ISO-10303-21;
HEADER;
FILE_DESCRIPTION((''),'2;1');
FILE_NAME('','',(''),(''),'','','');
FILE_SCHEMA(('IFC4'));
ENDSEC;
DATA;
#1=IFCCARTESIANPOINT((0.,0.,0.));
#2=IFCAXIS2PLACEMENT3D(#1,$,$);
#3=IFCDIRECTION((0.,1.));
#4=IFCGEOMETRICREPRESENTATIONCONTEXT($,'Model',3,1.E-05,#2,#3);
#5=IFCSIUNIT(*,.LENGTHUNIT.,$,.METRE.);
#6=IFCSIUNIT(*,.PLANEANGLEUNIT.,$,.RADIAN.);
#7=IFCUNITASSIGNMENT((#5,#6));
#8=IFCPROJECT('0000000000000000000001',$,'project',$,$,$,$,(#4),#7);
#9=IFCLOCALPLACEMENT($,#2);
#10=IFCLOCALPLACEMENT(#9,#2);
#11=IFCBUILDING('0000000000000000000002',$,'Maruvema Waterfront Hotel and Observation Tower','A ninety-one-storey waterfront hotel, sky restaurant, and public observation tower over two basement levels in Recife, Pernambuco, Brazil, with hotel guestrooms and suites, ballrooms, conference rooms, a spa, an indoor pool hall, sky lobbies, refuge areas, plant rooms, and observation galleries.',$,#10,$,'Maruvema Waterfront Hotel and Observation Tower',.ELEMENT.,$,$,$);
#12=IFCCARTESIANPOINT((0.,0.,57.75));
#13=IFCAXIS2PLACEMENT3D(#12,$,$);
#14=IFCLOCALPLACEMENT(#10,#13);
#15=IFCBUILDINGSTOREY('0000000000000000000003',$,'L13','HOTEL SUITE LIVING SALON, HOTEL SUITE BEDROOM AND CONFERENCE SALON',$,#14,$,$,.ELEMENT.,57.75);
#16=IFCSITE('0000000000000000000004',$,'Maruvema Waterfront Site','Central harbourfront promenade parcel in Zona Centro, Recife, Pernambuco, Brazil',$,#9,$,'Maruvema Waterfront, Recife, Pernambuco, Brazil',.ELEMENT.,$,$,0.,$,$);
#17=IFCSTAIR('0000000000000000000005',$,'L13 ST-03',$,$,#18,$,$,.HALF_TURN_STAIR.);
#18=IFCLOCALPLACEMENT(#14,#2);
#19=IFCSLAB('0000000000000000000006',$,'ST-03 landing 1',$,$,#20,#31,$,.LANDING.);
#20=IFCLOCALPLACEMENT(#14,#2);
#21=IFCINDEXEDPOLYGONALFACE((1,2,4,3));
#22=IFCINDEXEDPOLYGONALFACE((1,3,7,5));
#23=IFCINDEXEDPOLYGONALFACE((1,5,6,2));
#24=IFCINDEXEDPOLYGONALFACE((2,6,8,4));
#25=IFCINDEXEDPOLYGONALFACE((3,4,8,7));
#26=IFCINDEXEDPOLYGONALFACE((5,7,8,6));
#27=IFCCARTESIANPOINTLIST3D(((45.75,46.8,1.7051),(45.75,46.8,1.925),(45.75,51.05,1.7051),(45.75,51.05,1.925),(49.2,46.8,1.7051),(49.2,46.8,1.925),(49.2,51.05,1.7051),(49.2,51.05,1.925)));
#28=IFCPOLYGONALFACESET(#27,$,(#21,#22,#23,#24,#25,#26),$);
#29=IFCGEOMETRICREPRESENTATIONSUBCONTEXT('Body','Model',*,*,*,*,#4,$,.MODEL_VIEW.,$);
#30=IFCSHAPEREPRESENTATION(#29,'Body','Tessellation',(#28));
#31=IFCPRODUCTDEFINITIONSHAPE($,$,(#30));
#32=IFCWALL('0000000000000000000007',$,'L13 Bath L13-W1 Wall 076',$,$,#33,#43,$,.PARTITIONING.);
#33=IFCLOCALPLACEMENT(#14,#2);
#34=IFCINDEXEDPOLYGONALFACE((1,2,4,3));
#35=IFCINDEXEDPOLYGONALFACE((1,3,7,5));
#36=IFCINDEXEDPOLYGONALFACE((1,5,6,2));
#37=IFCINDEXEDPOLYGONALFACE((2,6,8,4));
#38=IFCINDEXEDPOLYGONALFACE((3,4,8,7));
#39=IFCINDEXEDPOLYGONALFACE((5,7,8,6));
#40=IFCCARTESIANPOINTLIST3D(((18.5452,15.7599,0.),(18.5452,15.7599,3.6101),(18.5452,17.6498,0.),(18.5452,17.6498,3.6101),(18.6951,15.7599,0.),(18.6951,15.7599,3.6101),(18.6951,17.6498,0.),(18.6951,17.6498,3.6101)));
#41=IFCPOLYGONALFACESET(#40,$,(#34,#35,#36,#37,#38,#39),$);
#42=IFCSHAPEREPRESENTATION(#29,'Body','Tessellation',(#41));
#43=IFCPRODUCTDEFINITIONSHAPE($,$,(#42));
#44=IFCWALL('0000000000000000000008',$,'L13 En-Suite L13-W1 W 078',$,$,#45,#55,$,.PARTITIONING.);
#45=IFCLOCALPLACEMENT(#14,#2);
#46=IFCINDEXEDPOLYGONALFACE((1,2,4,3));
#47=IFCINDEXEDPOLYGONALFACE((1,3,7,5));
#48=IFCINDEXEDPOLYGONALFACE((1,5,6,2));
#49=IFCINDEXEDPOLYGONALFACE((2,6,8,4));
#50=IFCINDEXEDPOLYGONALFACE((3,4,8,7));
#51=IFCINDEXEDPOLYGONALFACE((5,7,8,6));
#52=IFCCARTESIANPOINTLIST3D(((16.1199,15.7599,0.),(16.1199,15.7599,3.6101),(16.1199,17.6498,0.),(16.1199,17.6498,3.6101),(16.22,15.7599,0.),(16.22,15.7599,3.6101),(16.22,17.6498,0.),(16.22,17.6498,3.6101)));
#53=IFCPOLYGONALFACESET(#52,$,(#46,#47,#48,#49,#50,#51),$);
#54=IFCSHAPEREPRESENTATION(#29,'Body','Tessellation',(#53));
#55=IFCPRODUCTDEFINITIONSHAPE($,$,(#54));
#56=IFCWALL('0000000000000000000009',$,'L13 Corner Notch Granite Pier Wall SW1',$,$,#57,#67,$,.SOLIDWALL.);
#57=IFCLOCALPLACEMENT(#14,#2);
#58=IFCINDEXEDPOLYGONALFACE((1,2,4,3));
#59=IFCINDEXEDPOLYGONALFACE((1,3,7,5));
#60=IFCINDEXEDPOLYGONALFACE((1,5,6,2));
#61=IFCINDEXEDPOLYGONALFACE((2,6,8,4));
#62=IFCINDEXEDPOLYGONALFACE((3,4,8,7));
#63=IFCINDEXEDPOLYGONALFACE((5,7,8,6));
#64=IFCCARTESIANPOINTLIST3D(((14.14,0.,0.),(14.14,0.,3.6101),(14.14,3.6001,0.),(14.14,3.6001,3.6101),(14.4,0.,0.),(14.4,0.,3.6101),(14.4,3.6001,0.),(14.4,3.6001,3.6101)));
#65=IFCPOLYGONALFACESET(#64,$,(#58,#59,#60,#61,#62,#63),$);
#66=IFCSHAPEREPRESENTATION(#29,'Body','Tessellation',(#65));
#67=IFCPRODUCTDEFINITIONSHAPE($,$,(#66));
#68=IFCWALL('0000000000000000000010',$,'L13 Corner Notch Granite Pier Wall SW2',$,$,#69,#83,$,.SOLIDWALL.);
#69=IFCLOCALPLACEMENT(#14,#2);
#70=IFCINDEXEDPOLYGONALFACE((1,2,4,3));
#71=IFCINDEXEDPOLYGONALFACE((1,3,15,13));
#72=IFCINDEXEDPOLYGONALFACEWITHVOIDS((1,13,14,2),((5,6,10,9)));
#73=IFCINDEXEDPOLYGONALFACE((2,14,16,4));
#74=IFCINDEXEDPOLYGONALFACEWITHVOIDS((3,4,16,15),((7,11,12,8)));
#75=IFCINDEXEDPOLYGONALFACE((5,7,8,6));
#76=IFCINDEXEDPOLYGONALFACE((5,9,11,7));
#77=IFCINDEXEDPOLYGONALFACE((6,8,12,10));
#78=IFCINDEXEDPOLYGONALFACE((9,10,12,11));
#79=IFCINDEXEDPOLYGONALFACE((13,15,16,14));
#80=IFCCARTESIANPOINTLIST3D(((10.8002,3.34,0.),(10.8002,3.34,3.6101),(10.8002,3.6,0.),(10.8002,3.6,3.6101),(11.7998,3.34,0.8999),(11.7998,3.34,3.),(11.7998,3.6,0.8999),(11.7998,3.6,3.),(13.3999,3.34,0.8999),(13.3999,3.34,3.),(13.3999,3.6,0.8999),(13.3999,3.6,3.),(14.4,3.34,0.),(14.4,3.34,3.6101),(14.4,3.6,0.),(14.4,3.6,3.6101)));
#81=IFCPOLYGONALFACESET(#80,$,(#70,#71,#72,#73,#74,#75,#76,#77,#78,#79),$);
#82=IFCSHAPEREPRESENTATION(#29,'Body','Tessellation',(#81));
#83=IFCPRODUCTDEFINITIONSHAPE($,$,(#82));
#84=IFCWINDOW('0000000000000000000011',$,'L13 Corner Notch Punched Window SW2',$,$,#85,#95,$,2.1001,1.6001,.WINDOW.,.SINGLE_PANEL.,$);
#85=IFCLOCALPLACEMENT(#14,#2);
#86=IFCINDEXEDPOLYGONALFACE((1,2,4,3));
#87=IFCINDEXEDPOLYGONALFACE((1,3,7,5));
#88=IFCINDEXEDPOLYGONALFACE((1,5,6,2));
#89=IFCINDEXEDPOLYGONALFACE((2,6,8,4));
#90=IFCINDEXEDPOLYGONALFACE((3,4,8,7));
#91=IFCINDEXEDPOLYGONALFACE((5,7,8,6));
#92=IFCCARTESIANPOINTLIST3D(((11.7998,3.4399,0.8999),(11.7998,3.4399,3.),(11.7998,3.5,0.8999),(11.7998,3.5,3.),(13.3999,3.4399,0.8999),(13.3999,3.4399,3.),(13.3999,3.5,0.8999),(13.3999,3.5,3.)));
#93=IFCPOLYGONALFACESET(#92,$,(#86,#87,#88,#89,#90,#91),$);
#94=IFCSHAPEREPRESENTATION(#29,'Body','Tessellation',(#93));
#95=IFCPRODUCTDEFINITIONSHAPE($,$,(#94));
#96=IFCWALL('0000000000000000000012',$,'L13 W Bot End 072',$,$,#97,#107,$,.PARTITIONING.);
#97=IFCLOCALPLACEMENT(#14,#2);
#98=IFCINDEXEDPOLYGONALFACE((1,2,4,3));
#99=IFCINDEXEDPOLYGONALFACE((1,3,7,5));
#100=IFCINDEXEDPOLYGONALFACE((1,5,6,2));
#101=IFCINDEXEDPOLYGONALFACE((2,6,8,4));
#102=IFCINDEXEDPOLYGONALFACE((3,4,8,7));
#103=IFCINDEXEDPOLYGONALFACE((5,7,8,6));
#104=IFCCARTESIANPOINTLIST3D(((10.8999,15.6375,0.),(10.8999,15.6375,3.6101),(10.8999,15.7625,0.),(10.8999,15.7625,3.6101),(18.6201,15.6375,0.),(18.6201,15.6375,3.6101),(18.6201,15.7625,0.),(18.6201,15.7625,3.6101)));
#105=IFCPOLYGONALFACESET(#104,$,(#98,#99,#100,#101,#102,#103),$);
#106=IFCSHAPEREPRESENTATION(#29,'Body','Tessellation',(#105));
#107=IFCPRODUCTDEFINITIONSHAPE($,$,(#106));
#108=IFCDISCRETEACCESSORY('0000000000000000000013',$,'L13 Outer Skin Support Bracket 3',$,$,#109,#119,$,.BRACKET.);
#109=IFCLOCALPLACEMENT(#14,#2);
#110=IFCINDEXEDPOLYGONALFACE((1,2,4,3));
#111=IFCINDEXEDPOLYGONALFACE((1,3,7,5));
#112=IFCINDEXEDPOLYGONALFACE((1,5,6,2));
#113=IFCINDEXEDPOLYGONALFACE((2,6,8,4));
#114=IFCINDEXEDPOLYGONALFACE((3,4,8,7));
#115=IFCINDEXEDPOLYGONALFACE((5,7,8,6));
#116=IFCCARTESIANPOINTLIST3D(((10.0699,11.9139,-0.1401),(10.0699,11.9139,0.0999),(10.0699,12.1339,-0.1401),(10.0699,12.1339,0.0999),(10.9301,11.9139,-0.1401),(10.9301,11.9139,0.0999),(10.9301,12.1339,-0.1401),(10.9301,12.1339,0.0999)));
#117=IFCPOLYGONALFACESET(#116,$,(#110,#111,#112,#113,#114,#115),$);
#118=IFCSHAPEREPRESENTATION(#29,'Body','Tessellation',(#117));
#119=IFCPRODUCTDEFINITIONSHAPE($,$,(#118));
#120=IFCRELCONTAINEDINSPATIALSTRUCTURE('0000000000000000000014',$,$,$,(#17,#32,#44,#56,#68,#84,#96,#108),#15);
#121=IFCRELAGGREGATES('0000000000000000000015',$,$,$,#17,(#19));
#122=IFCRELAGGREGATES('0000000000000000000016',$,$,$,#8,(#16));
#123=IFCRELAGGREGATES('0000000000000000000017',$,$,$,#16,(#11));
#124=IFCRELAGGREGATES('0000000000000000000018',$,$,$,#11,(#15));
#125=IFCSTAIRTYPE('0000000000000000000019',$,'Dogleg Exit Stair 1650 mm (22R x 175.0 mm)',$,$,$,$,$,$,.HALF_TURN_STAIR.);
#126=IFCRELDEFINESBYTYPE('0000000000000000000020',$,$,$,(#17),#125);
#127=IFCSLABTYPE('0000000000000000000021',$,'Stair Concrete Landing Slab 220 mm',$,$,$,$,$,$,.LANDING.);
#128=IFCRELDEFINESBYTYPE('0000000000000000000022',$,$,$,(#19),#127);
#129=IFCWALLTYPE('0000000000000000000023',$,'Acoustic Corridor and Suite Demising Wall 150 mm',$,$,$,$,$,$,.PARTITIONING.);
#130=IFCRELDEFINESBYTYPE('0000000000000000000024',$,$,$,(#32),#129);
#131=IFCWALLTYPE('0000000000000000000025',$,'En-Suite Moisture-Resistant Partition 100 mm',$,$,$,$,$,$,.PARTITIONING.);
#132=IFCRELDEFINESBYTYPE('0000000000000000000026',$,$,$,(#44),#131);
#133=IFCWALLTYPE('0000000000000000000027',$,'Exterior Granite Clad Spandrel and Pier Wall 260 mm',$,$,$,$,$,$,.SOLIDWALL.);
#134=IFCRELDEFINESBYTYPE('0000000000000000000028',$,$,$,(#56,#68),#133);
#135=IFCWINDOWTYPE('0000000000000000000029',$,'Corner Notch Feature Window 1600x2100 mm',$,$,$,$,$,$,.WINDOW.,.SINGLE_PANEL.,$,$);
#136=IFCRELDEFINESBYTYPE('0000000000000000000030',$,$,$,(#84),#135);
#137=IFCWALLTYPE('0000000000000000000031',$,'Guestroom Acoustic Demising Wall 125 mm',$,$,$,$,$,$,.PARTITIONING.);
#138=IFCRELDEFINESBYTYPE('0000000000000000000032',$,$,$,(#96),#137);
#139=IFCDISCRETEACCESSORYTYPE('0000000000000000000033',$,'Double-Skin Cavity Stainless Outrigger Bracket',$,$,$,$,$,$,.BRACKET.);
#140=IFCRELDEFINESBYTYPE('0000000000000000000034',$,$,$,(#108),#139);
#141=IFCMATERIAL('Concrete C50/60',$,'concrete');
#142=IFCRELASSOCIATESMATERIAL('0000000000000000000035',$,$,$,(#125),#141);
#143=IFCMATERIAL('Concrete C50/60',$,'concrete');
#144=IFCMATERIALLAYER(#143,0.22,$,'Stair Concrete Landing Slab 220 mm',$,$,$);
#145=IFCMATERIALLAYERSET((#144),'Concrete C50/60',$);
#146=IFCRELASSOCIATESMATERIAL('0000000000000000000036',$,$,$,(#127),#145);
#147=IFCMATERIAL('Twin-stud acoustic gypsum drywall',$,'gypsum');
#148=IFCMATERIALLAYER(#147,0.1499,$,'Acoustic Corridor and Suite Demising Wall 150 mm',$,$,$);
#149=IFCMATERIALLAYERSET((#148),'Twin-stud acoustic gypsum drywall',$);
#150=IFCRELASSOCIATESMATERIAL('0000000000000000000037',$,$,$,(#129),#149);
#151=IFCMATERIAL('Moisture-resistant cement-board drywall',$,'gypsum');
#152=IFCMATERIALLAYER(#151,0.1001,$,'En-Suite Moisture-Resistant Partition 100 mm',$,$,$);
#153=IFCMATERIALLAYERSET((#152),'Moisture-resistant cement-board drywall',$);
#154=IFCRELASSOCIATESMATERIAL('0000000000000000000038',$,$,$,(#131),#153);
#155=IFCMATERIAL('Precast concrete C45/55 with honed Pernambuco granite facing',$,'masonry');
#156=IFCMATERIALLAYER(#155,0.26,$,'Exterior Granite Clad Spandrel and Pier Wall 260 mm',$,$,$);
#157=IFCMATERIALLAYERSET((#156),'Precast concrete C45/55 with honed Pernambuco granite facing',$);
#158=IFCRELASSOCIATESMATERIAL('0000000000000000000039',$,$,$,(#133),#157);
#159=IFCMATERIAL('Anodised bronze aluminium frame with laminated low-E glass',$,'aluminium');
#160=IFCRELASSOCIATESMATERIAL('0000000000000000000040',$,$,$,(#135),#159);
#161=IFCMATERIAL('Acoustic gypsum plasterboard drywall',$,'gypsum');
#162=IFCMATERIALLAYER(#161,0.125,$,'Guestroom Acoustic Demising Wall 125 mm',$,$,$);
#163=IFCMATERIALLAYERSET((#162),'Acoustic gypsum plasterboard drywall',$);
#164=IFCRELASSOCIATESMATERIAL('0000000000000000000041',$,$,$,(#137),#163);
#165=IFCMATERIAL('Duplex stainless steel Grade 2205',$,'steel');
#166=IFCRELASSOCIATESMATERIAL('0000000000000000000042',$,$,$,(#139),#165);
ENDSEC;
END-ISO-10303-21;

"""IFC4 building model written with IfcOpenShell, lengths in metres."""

from ifc_helpers import new_model, si_unit, direction, frame, frame_2d, origin, origin_2d, place, context, subcontext, project, spatial, polyline, rectangle, outline, extrude, material, layer, layer_set, type_object, element, fill, aggregate, save


model = new_model("IFC4")

# Units and contexts
model_context = context("Model", 3, precision=1e-05, world=origin(), true_north=direction((0.0, 1.0)))
body_context = subcontext(model_context, "Body", "Model", "MODEL_VIEW")
ifc_project = project(units=[si_unit("LENGTHUNIT", "METRE"), si_unit("PLANEANGLEUNIT", "RADIAN")], contexts=[model_context])

# Site, building, storey
site_placement = place(None, origin())
site = spatial("IfcSite", under=ifc_project, at=site_placement, Name="Maruvema Waterfront Site", Description="Central harbourfront promenade parcel in Zona Centro, Recife, Pernambuco, Brazil", LongName="Maruvema Waterfront, Recife, Pernambuco, Brazil", CompositionType="ELEMENT", RefElevation=0.0)
building_placement = place(site_placement, origin())
building = spatial("IfcBuilding", under=site, at=building_placement, Name="Maruvema Waterfront Hotel and Observation Tower", Description="A ninety-one-storey waterfront hotel, sky restaurant, and public observation tower over two basement levels in Recife, Pernambuco, Brazil, with hotel guestrooms and suites, ballrooms, conference rooms, a spa, an indoor pool hall, sky lobbies, refuge areas, plant rooms, and observation galleries.", LongName="Maruvema Waterfront Hotel and Observation Tower", CompositionType="ELEMENT")
storey_placement = place(building_placement, frame((0.0, 0.0, 57.75)))
storey = spatial("IfcBuildingStorey", under=building, at=storey_placement, Name="L13", Description="HOTEL SUITE LIVING SALON, HOTEL SUITE BEDROOM AND CONFERENCE SALON", CompositionType="ELEMENT", Elevation=57.75)

# Stair, slab
ifc_material_1 = material(Name="Concrete C50/60", Category="concrete")
stair_type = type_object("IfcStairType", Name="Dogleg Exit Stair 1650 mm (22R x 175.0 mm)", PredefinedType="HALF_TURN_STAIR", material=ifc_material_1)
ifc_material_2 = material(Name="Concrete C50/60", Category="concrete")
ifc_layer_1 = layer(ifc_material_2, 0.22, Name="Stair Concrete Landing Slab 220 mm")
ifc_layer_set_1 = layer_set([ifc_layer_1], Name="Concrete C50/60")
slab_type_1 = type_object("IfcSlabType", Name="Stair Concrete Landing Slab 220 mm", PredefinedType="LANDING", material=ifc_layer_set_1)
stair_1_placement = place(storey_placement, origin())
stair_1 = element("IfcStair", 1, at=stair_1_placement, inside=storey, type_object=stair_type, Name="L13 ST-03", PredefinedType="HALF_TURN_STAIR")
slab_1_placement = place(storey_placement, frame((0.0, 0.0, 1.7051)))
slab_1 = element("IfcSlab", 2, at=slab_1_placement, type_object=slab_type_1, Name="ST-03 landing 1", PredefinedType="LANDING", context=body_context, shape_type="SweptSolid", body=[
    extrude(outline(polyline([(49.2, 46.8), (49.2, 51.05), (45.75, 51.05), (45.75, 46.8), (49.2, 46.8)])), origin(), (0.0, 0.0, 1.0), 0.22),
])
aggregate(stair_1, [slab_1])

# Walls
ifc_material_3 = material(Name="Twin-stud acoustic gypsum drywall", Category="gypsum")
ifc_layer_2 = layer(ifc_material_3, 0.1499, Name="Acoustic Corridor and Suite Demising Wall 150 mm")
ifc_layer_set_2 = layer_set([ifc_layer_2], Name="Twin-stud acoustic gypsum drywall")
wall_type_1 = type_object("IfcWallType", Name="Acoustic Corridor and Suite Demising Wall 150 mm", PredefinedType="PARTITIONING", material=ifc_layer_set_2)
wall_1_placement = place(storey_placement, frame((18.6201, 15.76, 0.0), z_axis=(0.0, 0.0, 1.0), x_axis=(0.0, 1.0, 0.0)))
element("IfcWall", 3, at=wall_1_placement, inside=storey, type_object=wall_type_1, Name="L13 Bath L13-W1 Wall 076", PredefinedType="PARTITIONING", context=body_context, shape_type="SweptSolid", body=[
    extrude(rectangle(XDim=1.8899, YDim=0.1499, at=frame_2d((0.9448, 0.0))), origin(), (0.0, 0.0, 1.0), 3.6101),
])
ifc_material_4 = material(Name="Moisture-resistant cement-board drywall", Category="gypsum")
ifc_layer_3 = layer(ifc_material_4, 0.1001, Name="En-Suite Moisture-Resistant Partition 100 mm")
ifc_layer_set_3 = layer_set([ifc_layer_3], Name="Moisture-resistant cement-board drywall")
wall_type_2 = type_object("IfcWallType", Name="En-Suite Moisture-Resistant Partition 100 mm", PredefinedType="PARTITIONING", material=ifc_layer_set_3)
wall_2_placement = place(storey_placement, frame((16.1699, 15.76, 0.0), z_axis=(0.0, 0.0, 1.0), x_axis=(0.0, 1.0, 0.0)))
element("IfcWall", 4, at=wall_2_placement, inside=storey, type_object=wall_type_2, Name="L13 En-Suite L13-W1 W 078", PredefinedType="PARTITIONING", context=body_context, shape_type="SweptSolid", body=[
    extrude(rectangle(XDim=1.8899, YDim=0.1001, at=frame_2d((0.9448, 0.0))), origin(), (0.0, 0.0, 1.0), 3.6101),
])
ifc_material_5 = material(Name="Precast concrete C45/55 with honed Pernambuco granite facing", Category="masonry")
ifc_layer_4 = layer(ifc_material_5, 0.26, Name="Exterior Granite Clad Spandrel and Pier Wall 260 mm")
ifc_layer_set_4 = layer_set([ifc_layer_4], Name="Precast concrete C45/55 with honed Pernambuco granite facing")
wall_type_3 = type_object("IfcWallType", Name="Exterior Granite Clad Spandrel and Pier Wall 260 mm", PredefinedType="SOLIDWALL", material=ifc_layer_set_4)
wall_3_placement = place(storey_placement, frame((14.27, 0.0, 0.0), z_axis=(0.0, 0.0, 1.0), x_axis=(0.0, 1.0, 0.0)))
element("IfcWall", 5, at=wall_3_placement, inside=storey, type_object=wall_type_3, Name="L13 Corner Notch Granite Pier Wall SW1", PredefinedType="SOLIDWALL", context=body_context, shape_type="SweptSolid", body=[
    extrude(rectangle(XDim=3.6001, YDim=0.26, at=frame_2d((1.8, 0.0))), origin(), (0.0, 0.0, 1.0), 3.6101),
])

# Wall, opening, window
wall_4_placement = place(storey_placement, frame((14.3999, 3.47, 0.0), z_axis=(0.0, 0.0, 1.0), x_axis=(-1.0, 0.0, 0.0)))
wall_4 = element("IfcWall", 6, at=wall_4_placement, inside=storey, type_object=wall_type_3, Name="L13 Corner Notch Granite Pier Wall SW2", PredefinedType="SOLIDWALL", context=body_context, shape_type="SweptSolid", body=[
    extrude(rectangle(XDim=3.5999, YDim=0.26, at=frame_2d((1.7998, 0.0))), origin(), (0.0, 0.0, 1.0), 3.6101),
])
opening_placement = place(wall_4_placement, frame((1.0, 0.0, 0.8999)))
opening = element("IfcOpeningElement", 7, at=opening_placement, cuts=wall_4, PredefinedType="OPENING", context=body_context, shape_type="SweptSolid", body=[
    extrude(rectangle(XDim=1.6001, YDim=2.1001, at=frame_2d((0.8, 1.05))), frame((0.0, 0.1401, 0.0), z_axis=(0.0, -1.0, 0.0), x_axis=(1.0, 0.0, 0.0)), (0.0, 0.0, 1.0), 0.28),
])
ifc_material_6 = material(Name="Anodised bronze aluminium frame with laminated low-E glass", Category="aluminium")
window_type = type_object("IfcWindowType", Name="Corner Notch Feature Window 1600x2100 mm", PartitioningType="SINGLE_PANEL", PredefinedType="WINDOW", material=ifc_material_6)
window_placement = place(opening_placement, origin())
window = element("IfcWindow", 8, at=window_placement, inside=storey, type_object=window_type, Name="L13 Corner Notch Punched Window SW2", OverallHeight=2.1001, OverallWidth=1.6001, PartitioningType="SINGLE_PANEL", PredefinedType="WINDOW", context=body_context, shape_type="SweptSolid", body=[
    extrude(rectangle(XDim=1.6001, YDim=2.1001, at=frame_2d((0.8, 1.05))), frame((0.0, 0.03, 0.0), z_axis=(0.0, -1.0, 0.0), x_axis=(1.0, 0.0, 0.0)), (0.0, 0.0, 1.0), 0.0601),
])
fill(opening, window)

# Wall
ifc_material_7 = material(Name="Acoustic gypsum plasterboard drywall", Category="gypsum")
ifc_layer_5 = layer(ifc_material_7, 0.125, Name="Guestroom Acoustic Demising Wall 125 mm")
ifc_layer_set_5 = layer_set([ifc_layer_5], Name="Acoustic gypsum plasterboard drywall")
wall_type_4 = type_object("IfcWallType", Name="Guestroom Acoustic Demising Wall 125 mm", PredefinedType="PARTITIONING", material=ifc_layer_set_5)
wall_5_placement = place(storey_placement, frame((10.8999, 15.7, 0.0), z_axis=(0.0, 0.0, 1.0), x_axis=(1.0, 0.0, 0.0)))
element("IfcWall", 9, at=wall_5_placement, inside=storey, type_object=wall_type_4, Name="L13 W Bot End 072", PredefinedType="PARTITIONING", context=body_context, shape_type="SweptSolid", body=[
    extrude(rectangle(XDim=7.7202, YDim=0.125, at=frame_2d((3.8601, 0.0))), origin(), (0.0, 0.0, 1.0), 3.6101),
])

# Discrete accessory
ifc_material_8 = material(Name="Duplex stainless steel Grade 2205", Category="steel")
discrete_accessory_type = type_object("IfcDiscreteAccessoryType", Name="Double-Skin Cavity Stainless Outrigger Bracket", PredefinedType="BRACKET", material=ifc_material_8)
discrete_accessory_placement = place(storey_placement, frame((10.5, 12.0239, -0.1401), z_axis=(0.0, 0.0, 1.0), x_axis=(0.0, -1.0, 0.0)))
element("IfcDiscreteAccessory", 10, at=discrete_accessory_placement, inside=storey, type_object=discrete_accessory_type, Name="L13 Outer Skin Support Bracket 3", PredefinedType="BRACKET", context=body_context, shape_type="SweptSolid", body=[
    extrude(rectangle(XDim=0.22, YDim=0.8601, at=origin_2d()), origin(), (0.0, 0.0, 1.0), 0.24),
])

save(model, "model.ifc")
